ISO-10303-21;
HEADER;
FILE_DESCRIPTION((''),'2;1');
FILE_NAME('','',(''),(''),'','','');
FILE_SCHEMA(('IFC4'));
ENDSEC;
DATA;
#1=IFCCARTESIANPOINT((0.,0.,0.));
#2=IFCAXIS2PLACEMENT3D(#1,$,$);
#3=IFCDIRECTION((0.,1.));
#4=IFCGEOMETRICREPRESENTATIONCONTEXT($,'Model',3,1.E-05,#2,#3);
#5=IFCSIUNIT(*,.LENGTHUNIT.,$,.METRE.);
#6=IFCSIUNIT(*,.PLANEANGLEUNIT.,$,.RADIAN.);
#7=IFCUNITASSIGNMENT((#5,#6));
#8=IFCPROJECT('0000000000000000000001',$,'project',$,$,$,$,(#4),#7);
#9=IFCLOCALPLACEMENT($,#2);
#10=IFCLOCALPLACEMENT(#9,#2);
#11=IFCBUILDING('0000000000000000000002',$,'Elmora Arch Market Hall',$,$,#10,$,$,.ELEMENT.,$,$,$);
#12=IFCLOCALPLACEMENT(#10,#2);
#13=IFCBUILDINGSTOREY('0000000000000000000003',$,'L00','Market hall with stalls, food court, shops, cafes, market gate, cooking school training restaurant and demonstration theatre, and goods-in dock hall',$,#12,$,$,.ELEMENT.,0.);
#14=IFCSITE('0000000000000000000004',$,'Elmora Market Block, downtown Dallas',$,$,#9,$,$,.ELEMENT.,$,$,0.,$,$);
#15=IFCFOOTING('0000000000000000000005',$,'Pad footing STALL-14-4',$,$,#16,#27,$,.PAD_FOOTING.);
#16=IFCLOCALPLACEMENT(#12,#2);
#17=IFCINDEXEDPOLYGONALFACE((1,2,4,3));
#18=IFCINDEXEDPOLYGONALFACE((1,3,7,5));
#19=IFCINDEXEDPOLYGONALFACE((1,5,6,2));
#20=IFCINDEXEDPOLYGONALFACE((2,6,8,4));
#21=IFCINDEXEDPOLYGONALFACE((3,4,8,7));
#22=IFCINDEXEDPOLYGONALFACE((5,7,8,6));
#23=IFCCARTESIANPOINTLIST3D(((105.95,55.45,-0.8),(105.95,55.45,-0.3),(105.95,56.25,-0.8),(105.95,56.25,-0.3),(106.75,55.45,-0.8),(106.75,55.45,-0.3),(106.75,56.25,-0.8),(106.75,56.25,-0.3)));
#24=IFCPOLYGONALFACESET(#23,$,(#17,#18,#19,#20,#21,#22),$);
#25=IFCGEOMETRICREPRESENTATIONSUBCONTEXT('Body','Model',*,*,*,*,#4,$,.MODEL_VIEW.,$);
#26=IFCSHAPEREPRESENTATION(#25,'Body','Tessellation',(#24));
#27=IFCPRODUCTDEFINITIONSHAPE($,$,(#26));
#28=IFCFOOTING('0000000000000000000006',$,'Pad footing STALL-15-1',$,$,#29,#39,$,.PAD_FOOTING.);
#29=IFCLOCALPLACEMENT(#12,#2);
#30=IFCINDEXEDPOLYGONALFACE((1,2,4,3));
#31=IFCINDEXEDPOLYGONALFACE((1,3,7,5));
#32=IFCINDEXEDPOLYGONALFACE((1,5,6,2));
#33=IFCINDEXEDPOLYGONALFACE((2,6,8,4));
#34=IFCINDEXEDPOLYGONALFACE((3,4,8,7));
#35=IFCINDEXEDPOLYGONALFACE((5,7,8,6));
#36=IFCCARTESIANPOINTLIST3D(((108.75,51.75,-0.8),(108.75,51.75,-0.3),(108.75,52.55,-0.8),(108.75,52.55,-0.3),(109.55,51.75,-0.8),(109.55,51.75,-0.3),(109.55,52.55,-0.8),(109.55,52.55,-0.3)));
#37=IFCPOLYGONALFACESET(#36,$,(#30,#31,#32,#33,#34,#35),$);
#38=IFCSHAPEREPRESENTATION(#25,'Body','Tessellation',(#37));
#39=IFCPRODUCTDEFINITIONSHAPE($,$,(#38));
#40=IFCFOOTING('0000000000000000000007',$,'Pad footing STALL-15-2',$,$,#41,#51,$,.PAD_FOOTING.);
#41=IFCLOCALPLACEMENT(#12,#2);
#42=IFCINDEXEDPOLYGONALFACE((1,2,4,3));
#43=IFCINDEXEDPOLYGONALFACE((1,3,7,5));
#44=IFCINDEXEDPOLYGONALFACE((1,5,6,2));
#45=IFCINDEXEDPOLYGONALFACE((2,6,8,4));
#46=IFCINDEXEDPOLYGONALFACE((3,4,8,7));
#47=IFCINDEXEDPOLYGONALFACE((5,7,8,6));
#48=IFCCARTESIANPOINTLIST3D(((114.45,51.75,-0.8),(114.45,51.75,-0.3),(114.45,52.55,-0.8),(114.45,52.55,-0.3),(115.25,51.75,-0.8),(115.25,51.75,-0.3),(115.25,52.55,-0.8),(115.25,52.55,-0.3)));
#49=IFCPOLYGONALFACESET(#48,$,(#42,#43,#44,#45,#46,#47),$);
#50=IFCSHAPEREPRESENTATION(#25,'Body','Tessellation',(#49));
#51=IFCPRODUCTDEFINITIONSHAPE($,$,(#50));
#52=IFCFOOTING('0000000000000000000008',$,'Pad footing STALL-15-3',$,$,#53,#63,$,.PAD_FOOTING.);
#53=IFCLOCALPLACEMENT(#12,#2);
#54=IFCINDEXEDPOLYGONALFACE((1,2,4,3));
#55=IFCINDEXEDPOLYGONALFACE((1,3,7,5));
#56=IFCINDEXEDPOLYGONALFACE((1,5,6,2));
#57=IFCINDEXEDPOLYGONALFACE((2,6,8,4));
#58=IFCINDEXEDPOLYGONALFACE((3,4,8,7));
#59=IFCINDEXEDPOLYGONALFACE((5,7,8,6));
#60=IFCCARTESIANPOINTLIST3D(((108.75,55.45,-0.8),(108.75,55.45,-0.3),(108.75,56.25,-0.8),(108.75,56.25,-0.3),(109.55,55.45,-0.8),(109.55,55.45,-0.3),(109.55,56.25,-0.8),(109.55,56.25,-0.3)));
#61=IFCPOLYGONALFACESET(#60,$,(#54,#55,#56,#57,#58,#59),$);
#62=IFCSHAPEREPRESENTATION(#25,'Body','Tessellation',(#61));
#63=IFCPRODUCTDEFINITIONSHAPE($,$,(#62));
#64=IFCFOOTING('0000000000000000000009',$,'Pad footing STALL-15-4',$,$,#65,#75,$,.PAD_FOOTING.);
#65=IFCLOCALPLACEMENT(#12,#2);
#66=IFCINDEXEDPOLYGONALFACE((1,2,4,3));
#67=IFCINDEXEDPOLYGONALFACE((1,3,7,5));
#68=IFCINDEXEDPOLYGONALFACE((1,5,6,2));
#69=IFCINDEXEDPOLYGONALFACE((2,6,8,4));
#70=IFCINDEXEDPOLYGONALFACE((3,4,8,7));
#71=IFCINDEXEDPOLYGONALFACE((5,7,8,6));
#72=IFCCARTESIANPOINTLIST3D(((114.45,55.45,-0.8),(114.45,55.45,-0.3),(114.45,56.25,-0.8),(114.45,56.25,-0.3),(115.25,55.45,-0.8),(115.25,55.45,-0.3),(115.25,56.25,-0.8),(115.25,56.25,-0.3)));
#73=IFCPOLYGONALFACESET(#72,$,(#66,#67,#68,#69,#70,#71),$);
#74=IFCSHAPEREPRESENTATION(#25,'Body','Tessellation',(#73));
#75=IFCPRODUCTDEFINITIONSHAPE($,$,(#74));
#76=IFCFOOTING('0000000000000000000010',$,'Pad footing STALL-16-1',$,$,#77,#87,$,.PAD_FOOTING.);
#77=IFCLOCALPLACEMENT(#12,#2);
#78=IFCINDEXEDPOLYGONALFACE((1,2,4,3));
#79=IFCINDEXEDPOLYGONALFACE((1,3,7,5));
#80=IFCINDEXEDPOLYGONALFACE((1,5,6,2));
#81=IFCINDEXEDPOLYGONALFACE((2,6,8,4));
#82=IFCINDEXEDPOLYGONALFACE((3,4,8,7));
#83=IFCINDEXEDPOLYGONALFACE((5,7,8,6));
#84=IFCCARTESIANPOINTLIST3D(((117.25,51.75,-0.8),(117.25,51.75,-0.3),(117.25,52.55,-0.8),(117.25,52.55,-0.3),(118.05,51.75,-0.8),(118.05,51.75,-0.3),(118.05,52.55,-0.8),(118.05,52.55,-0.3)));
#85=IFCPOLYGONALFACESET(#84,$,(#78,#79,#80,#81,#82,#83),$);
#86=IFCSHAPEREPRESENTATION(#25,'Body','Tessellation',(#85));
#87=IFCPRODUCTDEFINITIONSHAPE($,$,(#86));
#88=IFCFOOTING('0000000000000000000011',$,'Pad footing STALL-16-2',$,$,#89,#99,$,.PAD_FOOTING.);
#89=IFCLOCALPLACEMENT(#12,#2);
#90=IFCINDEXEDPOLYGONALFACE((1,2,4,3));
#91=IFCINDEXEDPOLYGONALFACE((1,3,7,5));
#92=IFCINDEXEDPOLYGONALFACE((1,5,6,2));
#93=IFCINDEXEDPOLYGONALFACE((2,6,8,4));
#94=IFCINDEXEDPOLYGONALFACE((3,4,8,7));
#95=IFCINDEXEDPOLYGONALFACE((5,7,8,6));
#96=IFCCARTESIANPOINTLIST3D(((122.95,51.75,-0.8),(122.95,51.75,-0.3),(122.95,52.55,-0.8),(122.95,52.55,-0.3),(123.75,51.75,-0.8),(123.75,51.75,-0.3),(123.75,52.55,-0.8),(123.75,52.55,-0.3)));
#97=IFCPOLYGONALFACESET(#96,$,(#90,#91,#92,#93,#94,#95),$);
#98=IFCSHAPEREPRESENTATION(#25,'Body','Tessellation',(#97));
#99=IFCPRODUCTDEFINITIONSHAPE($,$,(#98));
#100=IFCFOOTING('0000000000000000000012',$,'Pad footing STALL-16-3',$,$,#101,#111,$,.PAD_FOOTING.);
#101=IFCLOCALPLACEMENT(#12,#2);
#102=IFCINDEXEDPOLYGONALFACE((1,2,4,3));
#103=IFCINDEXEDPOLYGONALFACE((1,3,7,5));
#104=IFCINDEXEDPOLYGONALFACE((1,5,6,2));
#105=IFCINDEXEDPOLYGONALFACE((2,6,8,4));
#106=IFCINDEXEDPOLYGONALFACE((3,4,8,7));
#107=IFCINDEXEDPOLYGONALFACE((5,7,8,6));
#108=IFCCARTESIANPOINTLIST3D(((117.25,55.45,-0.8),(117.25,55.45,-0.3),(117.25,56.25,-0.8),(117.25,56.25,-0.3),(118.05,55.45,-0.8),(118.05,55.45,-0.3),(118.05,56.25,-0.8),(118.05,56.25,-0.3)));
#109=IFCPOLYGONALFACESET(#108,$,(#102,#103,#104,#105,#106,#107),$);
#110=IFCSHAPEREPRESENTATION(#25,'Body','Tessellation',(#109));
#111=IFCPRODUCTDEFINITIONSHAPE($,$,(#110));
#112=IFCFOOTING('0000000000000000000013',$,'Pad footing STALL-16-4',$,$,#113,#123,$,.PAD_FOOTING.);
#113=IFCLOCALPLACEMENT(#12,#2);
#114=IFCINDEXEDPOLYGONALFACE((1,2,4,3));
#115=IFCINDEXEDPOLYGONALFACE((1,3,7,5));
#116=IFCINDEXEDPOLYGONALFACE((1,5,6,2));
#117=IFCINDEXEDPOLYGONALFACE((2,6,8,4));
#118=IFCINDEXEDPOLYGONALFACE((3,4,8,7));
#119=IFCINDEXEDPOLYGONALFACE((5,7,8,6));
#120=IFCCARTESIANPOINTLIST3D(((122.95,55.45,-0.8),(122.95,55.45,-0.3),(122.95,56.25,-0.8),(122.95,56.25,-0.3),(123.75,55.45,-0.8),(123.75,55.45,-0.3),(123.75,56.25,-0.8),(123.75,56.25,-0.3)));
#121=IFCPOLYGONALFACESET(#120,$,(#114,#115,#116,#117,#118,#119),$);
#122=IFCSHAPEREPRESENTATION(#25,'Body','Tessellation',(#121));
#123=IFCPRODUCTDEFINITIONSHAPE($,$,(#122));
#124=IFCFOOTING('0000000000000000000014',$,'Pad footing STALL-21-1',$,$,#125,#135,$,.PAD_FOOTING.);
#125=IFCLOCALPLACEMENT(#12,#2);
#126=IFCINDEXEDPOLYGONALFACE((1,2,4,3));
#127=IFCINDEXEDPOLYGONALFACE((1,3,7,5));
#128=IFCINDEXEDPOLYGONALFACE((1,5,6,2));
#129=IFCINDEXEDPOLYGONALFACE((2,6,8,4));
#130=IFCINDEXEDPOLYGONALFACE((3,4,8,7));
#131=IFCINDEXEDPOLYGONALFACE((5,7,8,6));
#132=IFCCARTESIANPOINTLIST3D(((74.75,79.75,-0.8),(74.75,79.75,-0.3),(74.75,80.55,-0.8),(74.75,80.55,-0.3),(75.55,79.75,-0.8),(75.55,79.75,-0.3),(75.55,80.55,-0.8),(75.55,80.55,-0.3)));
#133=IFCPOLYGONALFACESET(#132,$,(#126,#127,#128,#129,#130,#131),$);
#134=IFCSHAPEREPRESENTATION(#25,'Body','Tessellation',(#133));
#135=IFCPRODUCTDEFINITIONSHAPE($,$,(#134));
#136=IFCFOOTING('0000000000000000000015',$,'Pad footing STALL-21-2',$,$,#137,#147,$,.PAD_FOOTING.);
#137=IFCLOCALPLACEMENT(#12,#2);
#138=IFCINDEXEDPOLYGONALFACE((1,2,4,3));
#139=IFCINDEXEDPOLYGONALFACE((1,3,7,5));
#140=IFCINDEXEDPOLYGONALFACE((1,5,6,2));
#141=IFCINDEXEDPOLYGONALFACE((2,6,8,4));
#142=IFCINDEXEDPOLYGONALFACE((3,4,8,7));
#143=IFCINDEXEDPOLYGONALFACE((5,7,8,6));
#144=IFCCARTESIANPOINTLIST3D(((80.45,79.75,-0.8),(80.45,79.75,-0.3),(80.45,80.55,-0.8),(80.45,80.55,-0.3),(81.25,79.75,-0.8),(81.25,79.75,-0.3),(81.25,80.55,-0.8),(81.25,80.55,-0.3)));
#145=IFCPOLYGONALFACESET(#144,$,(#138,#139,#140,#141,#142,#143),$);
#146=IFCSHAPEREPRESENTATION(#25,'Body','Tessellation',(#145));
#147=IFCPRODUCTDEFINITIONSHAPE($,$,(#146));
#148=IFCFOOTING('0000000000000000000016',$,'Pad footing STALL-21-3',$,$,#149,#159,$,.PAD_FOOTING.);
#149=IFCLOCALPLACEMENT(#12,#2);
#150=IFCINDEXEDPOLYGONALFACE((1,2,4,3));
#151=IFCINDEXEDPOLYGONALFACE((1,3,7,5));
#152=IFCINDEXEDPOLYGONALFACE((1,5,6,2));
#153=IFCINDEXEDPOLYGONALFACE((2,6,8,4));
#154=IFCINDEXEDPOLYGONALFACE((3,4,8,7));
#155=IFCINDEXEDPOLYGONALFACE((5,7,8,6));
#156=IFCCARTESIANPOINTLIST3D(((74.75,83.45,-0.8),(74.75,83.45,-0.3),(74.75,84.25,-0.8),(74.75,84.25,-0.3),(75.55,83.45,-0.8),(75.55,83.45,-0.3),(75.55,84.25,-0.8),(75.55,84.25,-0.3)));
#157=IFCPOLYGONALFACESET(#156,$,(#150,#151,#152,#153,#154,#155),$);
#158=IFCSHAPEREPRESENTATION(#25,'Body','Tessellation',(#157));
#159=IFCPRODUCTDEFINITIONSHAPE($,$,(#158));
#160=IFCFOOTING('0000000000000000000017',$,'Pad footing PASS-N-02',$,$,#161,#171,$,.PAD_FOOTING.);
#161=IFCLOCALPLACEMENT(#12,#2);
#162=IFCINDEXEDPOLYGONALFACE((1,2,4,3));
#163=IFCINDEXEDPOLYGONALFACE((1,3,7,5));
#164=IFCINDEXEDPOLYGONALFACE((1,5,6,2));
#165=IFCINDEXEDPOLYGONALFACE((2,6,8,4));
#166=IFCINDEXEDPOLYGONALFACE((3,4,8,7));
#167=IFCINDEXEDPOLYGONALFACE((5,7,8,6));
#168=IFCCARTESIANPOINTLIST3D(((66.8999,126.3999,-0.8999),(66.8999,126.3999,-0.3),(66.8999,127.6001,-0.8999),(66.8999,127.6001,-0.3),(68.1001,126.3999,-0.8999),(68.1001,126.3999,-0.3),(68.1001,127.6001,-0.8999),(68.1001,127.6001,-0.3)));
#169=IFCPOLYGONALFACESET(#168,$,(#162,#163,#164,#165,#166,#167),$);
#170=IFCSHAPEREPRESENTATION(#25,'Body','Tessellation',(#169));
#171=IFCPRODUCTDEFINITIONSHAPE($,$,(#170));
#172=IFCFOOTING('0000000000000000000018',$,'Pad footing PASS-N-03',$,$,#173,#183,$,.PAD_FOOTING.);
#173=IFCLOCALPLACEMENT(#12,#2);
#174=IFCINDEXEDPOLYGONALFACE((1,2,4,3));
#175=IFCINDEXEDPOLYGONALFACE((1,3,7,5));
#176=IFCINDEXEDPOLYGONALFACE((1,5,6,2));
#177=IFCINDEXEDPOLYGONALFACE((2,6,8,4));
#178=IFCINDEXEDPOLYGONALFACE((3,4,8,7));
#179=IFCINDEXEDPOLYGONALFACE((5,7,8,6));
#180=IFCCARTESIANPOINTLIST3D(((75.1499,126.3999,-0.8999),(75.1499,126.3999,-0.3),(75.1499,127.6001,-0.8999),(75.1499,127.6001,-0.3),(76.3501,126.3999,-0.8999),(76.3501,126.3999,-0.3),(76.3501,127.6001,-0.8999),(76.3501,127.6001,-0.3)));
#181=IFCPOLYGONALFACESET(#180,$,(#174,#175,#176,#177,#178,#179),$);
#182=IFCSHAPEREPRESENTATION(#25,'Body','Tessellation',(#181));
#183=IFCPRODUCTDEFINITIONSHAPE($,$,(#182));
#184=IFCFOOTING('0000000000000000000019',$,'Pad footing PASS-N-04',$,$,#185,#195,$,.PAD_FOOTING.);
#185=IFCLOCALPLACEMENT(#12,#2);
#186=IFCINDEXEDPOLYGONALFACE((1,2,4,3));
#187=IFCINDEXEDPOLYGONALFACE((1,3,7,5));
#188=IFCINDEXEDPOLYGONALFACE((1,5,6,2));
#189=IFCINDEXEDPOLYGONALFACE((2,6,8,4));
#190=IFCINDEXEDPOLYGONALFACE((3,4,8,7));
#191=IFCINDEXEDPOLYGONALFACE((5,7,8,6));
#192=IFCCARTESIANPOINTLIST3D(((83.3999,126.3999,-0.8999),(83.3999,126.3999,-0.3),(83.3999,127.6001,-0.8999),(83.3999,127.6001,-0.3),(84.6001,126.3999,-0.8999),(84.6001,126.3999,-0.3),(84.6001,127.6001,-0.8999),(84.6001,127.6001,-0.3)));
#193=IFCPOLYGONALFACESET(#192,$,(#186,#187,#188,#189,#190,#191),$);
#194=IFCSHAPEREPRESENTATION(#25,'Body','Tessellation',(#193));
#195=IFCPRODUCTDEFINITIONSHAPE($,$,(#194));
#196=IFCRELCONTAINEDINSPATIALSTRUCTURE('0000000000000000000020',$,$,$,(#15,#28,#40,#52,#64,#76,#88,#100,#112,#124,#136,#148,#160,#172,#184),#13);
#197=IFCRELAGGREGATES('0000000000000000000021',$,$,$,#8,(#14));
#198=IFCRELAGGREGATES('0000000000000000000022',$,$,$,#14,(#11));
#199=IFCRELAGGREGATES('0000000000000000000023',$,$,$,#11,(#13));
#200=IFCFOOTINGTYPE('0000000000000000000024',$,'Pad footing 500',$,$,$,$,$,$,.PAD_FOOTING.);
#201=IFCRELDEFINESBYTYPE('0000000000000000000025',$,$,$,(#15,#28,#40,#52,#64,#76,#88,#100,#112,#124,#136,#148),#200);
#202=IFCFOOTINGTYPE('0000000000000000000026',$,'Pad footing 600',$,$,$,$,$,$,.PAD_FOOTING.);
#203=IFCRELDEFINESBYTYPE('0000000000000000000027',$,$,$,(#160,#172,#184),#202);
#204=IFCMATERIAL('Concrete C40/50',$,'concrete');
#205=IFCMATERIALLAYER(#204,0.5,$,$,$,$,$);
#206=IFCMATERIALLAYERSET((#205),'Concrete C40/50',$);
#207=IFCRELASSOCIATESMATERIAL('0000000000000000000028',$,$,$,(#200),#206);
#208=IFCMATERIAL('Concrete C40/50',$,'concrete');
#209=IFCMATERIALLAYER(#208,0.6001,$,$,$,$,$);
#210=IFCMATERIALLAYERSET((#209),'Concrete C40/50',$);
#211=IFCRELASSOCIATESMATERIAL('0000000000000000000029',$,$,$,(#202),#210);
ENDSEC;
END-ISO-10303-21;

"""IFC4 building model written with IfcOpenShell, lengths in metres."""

from ifc_helpers import new_model, si_unit, direction, frame, origin, place, context, subcontext, project, spatial, polyline, outline, extrude, material, layer, layer_set, type_object, element, save


model = new_model("IFC4")

# Units and contexts
model_context = context("Model", 3, precision=1e-05, world=origin(), true_north=direction((0.0, 1.0)))
body_context = subcontext(model_context, "Body", "Model", "MODEL_VIEW")
ifc_project = project(units=[si_unit("LENGTHUNIT", "METRE"), si_unit("PLANEANGLEUNIT", "RADIAN")], contexts=[model_context])

# Site, building, storey
site_placement = place(None, origin())
site = spatial("IfcSite", under=ifc_project, at=site_placement, Name="Elmora Market Block, downtown Dallas", CompositionType="ELEMENT", RefElevation=0.0)
building_placement = place(site_placement, origin())
building = spatial("IfcBuilding", under=site, at=building_placement, Name="Elmora Arch Market Hall", CompositionType="ELEMENT")
storey_placement = place(building_placement, origin())
storey = spatial("IfcBuildingStorey", under=building, at=storey_placement, Name="L00", Description="Market hall with stalls, food court, shops, cafes, market gate, cooking school training restaurant and demonstration theatre, and goods-in dock hall", CompositionType="ELEMENT", Elevation=0.0)

# Footings
ifc_material_1 = material(Name="Concrete C40/50", Category="concrete")
ifc_layer_1 = layer(ifc_material_1, 0.5)
ifc_layer_set_1 = layer_set([ifc_layer_1], Name="Concrete C40/50")
footing_type_1 = type_object("IfcFootingType", Name="Pad footing 500", PredefinedType="PAD_FOOTING", material=ifc_layer_set_1)
footing_1_placement = place(storey_placement, frame((0.0, 0.0, -0.8)))
element("IfcFooting", 1, at=footing_1_placement, inside=storey, type_object=footing_type_1, Name="Pad footing STALL-14-4", PredefinedType="PAD_FOOTING", context=body_context, shape_type="SweptSolid", body=[
    extrude(outline(polyline([(105.95, 55.45), (106.75, 55.45), (106.75, 56.25), (105.95, 56.25), (105.95, 55.45)])), origin(), (0.0, 0.0, 1.0), 0.5),
])
footing_2_placement = place(storey_placement, frame((0.0, 0.0, -0.8)))
element("IfcFooting", 2, at=footing_2_placement, inside=storey, type_object=footing_type_1, Name="Pad footing STALL-15-1", PredefinedType="PAD_FOOTING", context=body_context, shape_type="SweptSolid", body=[
    extrude(outline(polyline([(108.75, 51.75), (109.55, 51.75), (109.55, 52.55), (108.75, 52.55), (108.75, 51.75)])), origin(), (0.0, 0.0, 1.0), 0.5),
])
footing_3_placement = place(storey_placement, frame((0.0, 0.0, -0.8)))
element("IfcFooting", 3, at=footing_3_placement, inside=storey, type_object=footing_type_1, Name="Pad footing STALL-15-2", PredefinedType="PAD_FOOTING", context=body_context, shape_type="SweptSolid", body=[
    extrude(outline(polyline([(114.45, 51.75), (115.25, 51.75), (115.25, 52.55), (114.45, 52.55), (114.45, 51.75)])), origin(), (0.0, 0.0, 1.0), 0.5),
])
footing_4_placement = place(storey_placement, frame((0.0, 0.0, -0.8)))
element("IfcFooting", 4, at=footing_4_placement, inside=storey, type_object=footing_type_1, Name="Pad footing STALL-15-3", PredefinedType="PAD_FOOTING", context=body_context, shape_type="SweptSolid", body=[
    extrude(outline(polyline([(108.75, 55.45), (109.55, 55.45), (109.55, 56.25), (108.75, 56.25), (108.75, 55.45)])), origin(), (0.0, 0.0, 1.0), 0.5),
])
footing_5_placement = place(storey_placement, frame((0.0, 0.0, -0.8)))
element("IfcFooting", 5, at=footing_5_placement, inside=storey, type_object=footing_type_1, Name="Pad footing STALL-15-4", PredefinedType="PAD_FOOTING", context=body_context, shape_type="SweptSolid", body=[
    extrude(outline(polyline([(114.45, 55.45), (115.25, 55.45), (115.25, 56.25), (114.45, 56.25), (114.45, 55.45)])), origin(), (0.0, 0.0, 1.0), 0.5),
])
footing_6_placement = place(storey_placement, frame((0.0, 0.0, -0.8)))
element("IfcFooting", 6, at=footing_6_placement, inside=storey, type_object=footing_type_1, Name="Pad footing STALL-16-1", PredefinedType="PAD_FOOTING", context=body_context, shape_type="SweptSolid", body=[
    extrude(outline(polyline([(117.25, 51.75), (118.05, 51.75), (118.05, 52.55), (117.25, 52.55), (117.25, 51.75)])), origin(), (0.0, 0.0, 1.0), 0.5),
])
footing_7_placement = place(storey_placement, frame((0.0, 0.0, -0.8)))
element("IfcFooting", 7, at=footing_7_placement, inside=storey, type_object=footing_type_1, Name="Pad footing STALL-16-2", PredefinedType="PAD_FOOTING", context=body_context, shape_type="SweptSolid", body=[
    extrude(outline(polyline([(122.95, 51.75), (123.75, 51.75), (123.75, 52.55), (122.95, 52.55), (122.95, 51.75)])), origin(), (0.0, 0.0, 1.0), 0.5),
])
footing_8_placement = place(storey_placement, frame((0.0, 0.0, -0.8)))
element("IfcFooting", 8, at=footing_8_placement, inside=storey, type_object=footing_type_1, Name="Pad footing STALL-16-3", PredefinedType="PAD_FOOTING", context=body_context, shape_type="SweptSolid", body=[
    extrude(outline(polyline([(117.25, 55.45), (118.05, 55.45), (118.05, 56.25), (117.25, 56.25), (117.25, 55.45)])), origin(), (0.0, 0.0, 1.0), 0.5),
])
footing_9_placement = place(storey_placement, frame((0.0, 0.0, -0.8)))
element("IfcFooting", 9, at=footing_9_placement, inside=storey, type_object=footing_type_1, Name="Pad footing STALL-16-4", PredefinedType="PAD_FOOTING", context=body_context, shape_type="SweptSolid", body=[
    extrude(outline(polyline([(122.95, 55.45), (123.75, 55.45), (123.75, 56.25), (122.95, 56.25), (122.95, 55.45)])), origin(), (0.0, 0.0, 1.0), 0.5),
])
footing_10_placement = place(storey_placement, frame((0.0, 0.0, -0.8)))
element("IfcFooting", 10, at=footing_10_placement, inside=storey, type_object=footing_type_1, Name="Pad footing STALL-21-1", PredefinedType="PAD_FOOTING", context=body_context, shape_type="SweptSolid", body=[
    extrude(outline(polyline([(74.75, 79.75), (75.55, 79.75), (75.55, 80.55), (74.75, 80.55), (74.75, 79.75)])), origin(), (0.0, 0.0, 1.0), 0.5),
])
footing_11_placement = place(storey_placement, frame((0.0, 0.0, -0.8)))
element("IfcFooting", 11, at=footing_11_placement, inside=storey, type_object=footing_type_1, Name="Pad footing STALL-21-2", PredefinedType="PAD_FOOTING", context=body_context, shape_type="SweptSolid", body=[
    extrude(outline(polyline([(80.45, 79.75), (81.25, 79.75), (81.25, 80.55), (80.45, 80.55), (80.45, 79.75)])), origin(), (0.0, 0.0, 1.0), 0.5),
])
footing_12_placement = place(storey_placement, frame((0.0, 0.0, -0.8)))
element("IfcFooting", 12, at=footing_12_placement, inside=storey, type_object=footing_type_1, Name="Pad footing STALL-21-3", PredefinedType="PAD_FOOTING", context=body_context, shape_type="SweptSolid", body=[
    extrude(outline(polyline([(74.75, 83.45), (75.55, 83.45), (75.55, 84.25), (74.75, 84.25), (74.75, 83.45)])), origin(), (0.0, 0.0, 1.0), 0.5),
])
ifc_material_2 = material(Name="Concrete C40/50", Category="concrete")
ifc_layer_2 = layer(ifc_material_2, 0.6001)
ifc_layer_set_2 = layer_set([ifc_layer_2], Name="Concrete C40/50")
footing_type_2 = type_object("IfcFootingType", Name="Pad footing 600", PredefinedType="PAD_FOOTING", material=ifc_layer_set_2)
footing_13_placement = place(storey_placement, frame((0.0, 0.0, -0.8999)))
element("IfcFooting", 13, at=footing_13_placement, inside=storey, type_object=footing_type_2, Name="Pad footing PASS-N-02", PredefinedType="PAD_FOOTING", context=body_context, shape_type="SweptSolid", body=[
    extrude(outline(polyline([(66.8999, 126.3999), (68.1001, 126.3999), (68.1001, 127.6001), (66.8999, 127.6001), (66.8999, 126.3999)])), origin(), (0.0, 0.0, 1.0), 0.5999),
])
footing_14_placement = place(storey_placement, frame((0.0, 0.0, -0.8999)))
element("IfcFooting", 14, at=footing_14_placement, inside=storey, type_object=footing_type_2, Name="Pad footing PASS-N-03", PredefinedType="PAD_FOOTING", context=body_context, shape_type="SweptSolid", body=[
    extrude(outline(polyline([(75.1499, 126.3999), (76.3501, 126.3999), (76.3501, 127.6001), (75.1499, 127.6001), (75.1499, 126.3999)])), origin(), (0.0, 0.0, 1.0), 0.5999),
])
footing_15_placement = place(storey_placement, frame((0.0, 0.0, -0.8999)))
element("IfcFooting", 15, at=footing_15_placement, inside=storey, type_object=footing_type_2, Name="Pad footing PASS-N-04", PredefinedType="PAD_FOOTING", context=body_context, shape_type="SweptSolid", body=[
    extrude(outline(polyline([(83.3999, 126.3999), (84.6001, 126.3999), (84.6001, 127.6001), (83.3999, 127.6001), (83.3999, 126.3999)])), origin(), (0.0, 0.0, 1.0), 0.5999),
])

save(model, "model.ifc")
